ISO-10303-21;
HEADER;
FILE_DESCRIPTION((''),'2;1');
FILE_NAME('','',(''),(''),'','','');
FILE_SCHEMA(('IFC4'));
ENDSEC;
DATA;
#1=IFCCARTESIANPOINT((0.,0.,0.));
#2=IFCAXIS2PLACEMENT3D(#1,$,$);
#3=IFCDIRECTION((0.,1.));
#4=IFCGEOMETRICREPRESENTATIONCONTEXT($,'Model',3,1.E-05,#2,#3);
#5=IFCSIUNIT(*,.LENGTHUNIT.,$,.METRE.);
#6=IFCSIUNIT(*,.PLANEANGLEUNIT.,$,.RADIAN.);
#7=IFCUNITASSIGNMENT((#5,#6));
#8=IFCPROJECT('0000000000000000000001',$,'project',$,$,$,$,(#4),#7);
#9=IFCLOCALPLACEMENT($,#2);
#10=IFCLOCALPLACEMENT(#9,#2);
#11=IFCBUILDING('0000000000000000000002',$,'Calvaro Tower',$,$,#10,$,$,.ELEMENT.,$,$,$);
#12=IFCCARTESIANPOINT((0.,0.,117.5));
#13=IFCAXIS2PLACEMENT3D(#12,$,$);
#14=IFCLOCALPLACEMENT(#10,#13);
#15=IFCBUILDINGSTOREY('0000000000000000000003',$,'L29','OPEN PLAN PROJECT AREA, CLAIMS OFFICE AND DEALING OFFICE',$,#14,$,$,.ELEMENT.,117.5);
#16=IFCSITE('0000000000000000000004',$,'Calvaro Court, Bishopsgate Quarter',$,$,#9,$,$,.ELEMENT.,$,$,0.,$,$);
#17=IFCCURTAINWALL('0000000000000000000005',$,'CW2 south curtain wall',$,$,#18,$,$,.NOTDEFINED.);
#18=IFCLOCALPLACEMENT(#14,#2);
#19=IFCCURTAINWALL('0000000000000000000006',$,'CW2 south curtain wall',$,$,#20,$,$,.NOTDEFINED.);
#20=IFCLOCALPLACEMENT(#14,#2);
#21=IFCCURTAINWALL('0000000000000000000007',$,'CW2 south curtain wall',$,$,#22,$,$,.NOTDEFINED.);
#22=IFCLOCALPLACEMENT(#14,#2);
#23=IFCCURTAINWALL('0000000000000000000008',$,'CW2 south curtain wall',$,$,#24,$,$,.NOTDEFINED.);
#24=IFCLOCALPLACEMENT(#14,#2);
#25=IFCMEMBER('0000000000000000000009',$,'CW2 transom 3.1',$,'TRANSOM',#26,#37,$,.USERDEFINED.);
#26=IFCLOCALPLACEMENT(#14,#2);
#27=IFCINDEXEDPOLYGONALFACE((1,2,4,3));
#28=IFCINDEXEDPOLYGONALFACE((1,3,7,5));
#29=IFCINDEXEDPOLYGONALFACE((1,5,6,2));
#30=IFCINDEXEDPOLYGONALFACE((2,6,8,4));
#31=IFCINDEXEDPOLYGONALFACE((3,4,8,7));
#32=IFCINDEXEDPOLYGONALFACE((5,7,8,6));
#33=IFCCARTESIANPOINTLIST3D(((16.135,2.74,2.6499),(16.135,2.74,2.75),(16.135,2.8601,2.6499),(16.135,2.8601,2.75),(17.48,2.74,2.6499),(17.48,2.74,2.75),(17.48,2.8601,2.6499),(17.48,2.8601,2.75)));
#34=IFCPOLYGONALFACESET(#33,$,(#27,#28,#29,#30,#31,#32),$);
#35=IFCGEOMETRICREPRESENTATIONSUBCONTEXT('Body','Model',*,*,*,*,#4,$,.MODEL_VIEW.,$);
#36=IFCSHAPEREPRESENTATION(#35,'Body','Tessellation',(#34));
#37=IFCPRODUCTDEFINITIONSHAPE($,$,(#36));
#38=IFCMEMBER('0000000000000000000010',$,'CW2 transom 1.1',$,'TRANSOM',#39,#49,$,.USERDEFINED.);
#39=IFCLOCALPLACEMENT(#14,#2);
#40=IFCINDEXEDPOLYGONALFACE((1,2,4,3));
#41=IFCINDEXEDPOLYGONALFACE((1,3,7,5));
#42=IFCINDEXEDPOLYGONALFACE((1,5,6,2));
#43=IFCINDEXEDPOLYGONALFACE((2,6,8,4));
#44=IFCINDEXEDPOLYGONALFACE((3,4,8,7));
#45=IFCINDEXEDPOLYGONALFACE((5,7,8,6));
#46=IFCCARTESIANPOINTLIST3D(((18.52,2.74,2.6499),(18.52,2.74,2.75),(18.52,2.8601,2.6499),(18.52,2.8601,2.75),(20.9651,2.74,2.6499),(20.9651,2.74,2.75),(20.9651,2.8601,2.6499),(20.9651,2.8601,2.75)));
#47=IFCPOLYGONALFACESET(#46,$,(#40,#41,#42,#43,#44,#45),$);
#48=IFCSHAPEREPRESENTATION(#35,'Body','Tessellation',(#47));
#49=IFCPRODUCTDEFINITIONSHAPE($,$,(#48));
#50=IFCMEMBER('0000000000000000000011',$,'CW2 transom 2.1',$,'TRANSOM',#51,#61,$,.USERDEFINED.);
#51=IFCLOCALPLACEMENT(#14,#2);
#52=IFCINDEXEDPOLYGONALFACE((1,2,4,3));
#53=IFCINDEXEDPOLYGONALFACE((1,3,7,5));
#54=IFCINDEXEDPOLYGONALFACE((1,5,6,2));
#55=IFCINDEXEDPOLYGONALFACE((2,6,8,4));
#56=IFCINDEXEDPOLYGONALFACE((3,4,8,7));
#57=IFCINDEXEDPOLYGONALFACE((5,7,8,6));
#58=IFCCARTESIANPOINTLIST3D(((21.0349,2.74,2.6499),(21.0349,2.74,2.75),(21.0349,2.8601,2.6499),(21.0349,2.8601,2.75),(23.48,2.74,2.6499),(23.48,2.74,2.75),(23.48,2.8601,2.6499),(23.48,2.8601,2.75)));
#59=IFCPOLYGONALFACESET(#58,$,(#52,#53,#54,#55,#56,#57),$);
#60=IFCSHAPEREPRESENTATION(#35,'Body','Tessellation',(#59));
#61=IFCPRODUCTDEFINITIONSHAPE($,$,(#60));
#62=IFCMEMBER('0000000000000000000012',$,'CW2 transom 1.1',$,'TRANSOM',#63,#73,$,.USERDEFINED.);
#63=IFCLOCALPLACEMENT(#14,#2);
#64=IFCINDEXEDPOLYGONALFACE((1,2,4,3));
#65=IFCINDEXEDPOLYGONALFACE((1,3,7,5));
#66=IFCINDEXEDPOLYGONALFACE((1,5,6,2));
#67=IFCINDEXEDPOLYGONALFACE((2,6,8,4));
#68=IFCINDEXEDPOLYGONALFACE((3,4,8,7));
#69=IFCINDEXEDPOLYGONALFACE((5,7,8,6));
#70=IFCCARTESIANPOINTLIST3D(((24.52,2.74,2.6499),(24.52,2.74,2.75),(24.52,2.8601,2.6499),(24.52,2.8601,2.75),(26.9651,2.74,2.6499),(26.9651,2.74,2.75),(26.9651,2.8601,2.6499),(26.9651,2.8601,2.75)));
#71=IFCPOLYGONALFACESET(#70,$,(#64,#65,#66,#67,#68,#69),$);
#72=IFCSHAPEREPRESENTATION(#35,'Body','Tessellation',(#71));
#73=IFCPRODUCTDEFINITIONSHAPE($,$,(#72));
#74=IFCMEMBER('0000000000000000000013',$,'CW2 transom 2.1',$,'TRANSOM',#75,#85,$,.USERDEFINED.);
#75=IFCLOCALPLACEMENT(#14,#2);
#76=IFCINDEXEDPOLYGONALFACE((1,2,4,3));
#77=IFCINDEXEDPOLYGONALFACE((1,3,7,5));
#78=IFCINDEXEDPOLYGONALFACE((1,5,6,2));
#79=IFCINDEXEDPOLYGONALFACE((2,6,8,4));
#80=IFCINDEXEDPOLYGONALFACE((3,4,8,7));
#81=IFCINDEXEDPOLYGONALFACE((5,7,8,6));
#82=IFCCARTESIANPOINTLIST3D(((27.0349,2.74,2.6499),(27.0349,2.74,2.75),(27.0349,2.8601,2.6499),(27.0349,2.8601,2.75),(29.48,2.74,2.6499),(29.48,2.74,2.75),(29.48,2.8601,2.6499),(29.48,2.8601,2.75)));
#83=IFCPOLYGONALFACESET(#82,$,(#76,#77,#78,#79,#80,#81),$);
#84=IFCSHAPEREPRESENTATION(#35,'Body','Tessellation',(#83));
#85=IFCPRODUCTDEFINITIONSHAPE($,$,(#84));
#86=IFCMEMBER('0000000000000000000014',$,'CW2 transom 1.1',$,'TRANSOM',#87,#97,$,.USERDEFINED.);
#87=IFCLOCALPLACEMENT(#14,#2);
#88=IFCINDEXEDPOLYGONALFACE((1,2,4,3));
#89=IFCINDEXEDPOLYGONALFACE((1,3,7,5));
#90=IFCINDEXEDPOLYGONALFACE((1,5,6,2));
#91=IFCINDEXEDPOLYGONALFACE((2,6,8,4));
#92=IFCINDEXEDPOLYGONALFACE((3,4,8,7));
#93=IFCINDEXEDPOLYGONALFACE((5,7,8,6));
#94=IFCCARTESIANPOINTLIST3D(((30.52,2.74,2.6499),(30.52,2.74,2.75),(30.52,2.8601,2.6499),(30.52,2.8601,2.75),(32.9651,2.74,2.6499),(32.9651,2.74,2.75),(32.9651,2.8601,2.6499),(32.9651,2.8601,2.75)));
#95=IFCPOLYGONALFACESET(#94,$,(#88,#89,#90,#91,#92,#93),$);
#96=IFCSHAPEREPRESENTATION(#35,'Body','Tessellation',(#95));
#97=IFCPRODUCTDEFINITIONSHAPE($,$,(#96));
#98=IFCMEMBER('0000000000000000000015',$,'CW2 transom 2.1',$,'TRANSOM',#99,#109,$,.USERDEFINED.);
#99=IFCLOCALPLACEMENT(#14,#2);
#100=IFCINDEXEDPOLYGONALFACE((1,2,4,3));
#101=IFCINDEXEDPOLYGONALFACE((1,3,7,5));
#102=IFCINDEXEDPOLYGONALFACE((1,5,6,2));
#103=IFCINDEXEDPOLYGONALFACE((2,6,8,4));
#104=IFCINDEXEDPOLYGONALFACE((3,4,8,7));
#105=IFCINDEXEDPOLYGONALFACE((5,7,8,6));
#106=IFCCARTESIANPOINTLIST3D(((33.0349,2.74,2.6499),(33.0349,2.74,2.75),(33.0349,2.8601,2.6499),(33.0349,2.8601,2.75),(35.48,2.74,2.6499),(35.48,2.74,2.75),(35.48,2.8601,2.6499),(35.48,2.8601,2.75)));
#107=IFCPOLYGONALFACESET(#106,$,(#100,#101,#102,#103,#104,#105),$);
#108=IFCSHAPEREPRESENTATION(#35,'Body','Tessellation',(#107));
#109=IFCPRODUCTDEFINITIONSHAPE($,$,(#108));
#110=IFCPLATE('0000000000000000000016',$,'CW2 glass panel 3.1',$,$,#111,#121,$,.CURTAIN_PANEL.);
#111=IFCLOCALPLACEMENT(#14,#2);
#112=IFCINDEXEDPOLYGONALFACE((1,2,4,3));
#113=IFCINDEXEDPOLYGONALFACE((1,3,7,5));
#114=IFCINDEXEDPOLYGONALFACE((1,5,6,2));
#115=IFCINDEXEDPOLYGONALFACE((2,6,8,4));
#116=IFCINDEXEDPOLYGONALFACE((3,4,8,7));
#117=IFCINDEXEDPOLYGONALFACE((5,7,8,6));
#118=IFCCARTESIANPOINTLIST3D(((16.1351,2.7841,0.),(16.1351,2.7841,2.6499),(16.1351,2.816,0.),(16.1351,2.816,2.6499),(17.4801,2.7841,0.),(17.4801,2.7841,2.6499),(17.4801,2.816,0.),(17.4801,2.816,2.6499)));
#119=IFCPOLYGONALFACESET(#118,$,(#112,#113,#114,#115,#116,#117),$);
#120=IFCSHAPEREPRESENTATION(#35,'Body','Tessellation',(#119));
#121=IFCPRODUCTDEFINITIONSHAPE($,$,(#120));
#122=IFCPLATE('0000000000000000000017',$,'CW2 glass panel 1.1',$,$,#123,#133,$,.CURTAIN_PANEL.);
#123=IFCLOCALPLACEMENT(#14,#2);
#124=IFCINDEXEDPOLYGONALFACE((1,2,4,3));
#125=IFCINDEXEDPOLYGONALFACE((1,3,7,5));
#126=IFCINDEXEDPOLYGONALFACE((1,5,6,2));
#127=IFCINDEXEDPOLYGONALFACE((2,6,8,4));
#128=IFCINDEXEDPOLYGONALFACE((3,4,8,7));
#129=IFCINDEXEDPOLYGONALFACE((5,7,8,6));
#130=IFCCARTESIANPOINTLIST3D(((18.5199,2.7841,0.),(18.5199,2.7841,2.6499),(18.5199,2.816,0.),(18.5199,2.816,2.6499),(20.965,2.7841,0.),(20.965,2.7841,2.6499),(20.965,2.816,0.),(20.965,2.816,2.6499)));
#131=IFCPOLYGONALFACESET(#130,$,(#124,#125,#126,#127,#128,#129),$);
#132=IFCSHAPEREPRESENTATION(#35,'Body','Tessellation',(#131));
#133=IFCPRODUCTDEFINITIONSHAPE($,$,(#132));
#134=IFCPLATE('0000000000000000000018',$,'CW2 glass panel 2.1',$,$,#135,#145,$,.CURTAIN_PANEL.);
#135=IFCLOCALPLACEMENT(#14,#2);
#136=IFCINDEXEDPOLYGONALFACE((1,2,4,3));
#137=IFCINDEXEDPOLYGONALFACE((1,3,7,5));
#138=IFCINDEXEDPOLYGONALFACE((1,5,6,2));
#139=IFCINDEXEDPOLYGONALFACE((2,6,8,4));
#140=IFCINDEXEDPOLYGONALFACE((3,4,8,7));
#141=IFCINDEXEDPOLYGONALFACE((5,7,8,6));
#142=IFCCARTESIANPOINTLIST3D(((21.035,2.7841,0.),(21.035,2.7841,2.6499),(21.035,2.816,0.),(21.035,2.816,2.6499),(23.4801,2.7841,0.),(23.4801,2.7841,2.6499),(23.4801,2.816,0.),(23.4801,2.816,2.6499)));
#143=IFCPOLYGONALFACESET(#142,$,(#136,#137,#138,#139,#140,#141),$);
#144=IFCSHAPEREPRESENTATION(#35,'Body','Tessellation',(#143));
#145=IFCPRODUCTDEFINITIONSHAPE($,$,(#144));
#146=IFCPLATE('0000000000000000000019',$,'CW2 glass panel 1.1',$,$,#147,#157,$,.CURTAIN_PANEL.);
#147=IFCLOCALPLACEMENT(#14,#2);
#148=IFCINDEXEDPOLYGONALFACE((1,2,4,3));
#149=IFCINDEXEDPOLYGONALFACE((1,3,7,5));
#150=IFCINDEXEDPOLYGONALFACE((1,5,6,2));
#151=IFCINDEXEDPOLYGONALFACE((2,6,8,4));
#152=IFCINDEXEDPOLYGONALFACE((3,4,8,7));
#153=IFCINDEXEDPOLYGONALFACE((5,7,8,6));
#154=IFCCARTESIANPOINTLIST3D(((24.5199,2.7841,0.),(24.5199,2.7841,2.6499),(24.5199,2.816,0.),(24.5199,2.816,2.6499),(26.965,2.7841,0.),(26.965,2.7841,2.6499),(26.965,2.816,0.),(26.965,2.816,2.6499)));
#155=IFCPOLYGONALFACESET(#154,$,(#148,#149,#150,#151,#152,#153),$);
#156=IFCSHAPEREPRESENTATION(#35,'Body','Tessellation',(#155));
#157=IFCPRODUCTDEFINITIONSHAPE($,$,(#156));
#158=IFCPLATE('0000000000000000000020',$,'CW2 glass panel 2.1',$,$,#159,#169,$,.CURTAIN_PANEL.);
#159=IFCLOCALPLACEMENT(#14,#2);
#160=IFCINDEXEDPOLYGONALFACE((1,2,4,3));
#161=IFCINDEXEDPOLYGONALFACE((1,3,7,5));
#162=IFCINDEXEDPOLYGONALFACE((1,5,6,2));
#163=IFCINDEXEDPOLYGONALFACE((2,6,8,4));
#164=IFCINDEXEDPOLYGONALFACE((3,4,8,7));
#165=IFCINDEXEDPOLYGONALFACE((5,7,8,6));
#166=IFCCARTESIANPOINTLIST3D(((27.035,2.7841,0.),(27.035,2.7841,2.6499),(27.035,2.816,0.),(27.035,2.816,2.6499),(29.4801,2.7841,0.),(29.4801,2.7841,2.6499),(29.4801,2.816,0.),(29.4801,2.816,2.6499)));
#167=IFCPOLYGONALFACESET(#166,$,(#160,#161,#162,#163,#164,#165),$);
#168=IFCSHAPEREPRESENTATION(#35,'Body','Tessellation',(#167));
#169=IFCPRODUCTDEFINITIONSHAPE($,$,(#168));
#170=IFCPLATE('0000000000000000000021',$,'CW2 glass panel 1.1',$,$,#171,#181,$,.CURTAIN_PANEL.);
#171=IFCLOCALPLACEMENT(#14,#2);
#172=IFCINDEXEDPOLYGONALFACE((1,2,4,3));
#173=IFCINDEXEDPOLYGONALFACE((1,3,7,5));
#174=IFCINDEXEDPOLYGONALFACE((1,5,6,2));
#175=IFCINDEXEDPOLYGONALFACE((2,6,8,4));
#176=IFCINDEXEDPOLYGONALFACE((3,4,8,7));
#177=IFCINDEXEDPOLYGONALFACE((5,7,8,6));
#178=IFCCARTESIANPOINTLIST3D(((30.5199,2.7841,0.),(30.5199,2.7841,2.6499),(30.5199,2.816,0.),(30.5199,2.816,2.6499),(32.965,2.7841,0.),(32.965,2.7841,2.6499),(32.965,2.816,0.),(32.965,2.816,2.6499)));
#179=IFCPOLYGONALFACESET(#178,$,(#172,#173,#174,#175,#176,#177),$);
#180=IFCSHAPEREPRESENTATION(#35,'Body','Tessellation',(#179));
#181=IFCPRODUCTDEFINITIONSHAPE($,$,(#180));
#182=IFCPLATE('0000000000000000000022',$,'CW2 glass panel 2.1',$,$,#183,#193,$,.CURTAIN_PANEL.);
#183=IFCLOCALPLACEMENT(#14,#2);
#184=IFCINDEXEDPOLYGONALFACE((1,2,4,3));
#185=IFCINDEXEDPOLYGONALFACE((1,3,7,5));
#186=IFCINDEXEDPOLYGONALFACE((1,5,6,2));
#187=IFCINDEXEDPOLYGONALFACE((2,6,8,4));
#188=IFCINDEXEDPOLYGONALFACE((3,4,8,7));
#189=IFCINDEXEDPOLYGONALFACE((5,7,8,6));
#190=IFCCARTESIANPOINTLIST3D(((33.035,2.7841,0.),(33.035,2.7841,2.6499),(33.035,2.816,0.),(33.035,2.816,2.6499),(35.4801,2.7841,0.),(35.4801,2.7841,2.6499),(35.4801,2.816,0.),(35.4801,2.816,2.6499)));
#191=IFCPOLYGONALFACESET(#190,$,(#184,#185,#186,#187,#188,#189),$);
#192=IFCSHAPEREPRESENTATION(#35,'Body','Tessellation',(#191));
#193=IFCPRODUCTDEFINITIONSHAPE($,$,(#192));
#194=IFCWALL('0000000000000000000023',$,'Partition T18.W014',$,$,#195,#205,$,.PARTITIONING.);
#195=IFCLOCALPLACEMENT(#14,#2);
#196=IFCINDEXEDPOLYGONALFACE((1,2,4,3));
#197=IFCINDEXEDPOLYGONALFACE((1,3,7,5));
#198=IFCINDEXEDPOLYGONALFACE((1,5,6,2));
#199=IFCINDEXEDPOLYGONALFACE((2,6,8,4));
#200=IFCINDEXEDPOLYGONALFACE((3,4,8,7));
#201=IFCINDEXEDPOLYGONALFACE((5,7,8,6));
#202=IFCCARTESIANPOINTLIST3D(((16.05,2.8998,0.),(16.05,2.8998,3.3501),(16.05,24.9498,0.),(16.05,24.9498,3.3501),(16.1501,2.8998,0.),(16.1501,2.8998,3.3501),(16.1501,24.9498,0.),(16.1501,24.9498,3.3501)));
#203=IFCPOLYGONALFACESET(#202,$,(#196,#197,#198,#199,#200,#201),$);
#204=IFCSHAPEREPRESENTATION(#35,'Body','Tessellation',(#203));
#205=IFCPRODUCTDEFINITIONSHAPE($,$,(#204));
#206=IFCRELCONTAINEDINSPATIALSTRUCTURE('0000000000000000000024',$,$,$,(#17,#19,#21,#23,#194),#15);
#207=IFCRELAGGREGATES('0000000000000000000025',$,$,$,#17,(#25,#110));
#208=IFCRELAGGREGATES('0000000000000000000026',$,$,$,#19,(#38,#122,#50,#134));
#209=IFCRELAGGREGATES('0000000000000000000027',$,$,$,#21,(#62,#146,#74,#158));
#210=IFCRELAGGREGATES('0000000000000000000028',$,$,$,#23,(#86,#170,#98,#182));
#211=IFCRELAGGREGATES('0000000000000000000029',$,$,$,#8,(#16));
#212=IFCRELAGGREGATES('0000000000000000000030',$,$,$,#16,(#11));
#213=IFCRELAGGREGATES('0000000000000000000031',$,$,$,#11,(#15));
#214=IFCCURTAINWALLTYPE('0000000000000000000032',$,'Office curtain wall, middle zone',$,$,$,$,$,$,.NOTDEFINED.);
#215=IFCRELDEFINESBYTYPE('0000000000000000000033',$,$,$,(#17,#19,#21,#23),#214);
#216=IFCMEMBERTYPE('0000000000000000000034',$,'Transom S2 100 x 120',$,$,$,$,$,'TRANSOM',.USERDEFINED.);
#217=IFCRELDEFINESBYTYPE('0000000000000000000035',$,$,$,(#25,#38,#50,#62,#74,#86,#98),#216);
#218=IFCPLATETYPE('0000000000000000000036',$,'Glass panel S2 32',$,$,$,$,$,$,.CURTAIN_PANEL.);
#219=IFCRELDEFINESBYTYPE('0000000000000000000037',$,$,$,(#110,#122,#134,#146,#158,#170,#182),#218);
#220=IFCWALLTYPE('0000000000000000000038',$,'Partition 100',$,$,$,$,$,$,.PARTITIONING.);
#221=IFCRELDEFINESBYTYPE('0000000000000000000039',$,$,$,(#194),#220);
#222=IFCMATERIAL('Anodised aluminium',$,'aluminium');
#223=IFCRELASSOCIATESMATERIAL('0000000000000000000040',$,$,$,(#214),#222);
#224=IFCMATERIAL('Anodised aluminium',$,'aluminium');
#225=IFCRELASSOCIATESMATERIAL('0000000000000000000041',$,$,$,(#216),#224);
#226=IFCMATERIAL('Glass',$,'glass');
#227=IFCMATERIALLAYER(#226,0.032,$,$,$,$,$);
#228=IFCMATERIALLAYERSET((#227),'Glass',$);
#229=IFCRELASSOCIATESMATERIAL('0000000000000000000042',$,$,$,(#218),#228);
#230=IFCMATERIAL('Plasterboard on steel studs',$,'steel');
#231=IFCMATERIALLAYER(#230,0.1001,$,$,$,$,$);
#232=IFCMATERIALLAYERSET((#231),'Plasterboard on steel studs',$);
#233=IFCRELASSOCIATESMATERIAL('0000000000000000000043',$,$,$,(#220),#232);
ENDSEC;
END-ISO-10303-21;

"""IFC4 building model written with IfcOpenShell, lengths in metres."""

from ifc_helpers import new_model, si_unit, direction, frame, frame_2d, origin, origin_2d, place, context, subcontext, project, spatial, rectangle, extrude, material, layer, layer_set, material_profile, profile_set, type_object, element, aggregate, save


model = new_model("IFC4")

# Units and contexts
model_context = context("Model", 3, precision=1e-05, world=origin(), true_north=direction((0.0, 1.0)))
body_context = subcontext(model_context, "Body", "Model", "MODEL_VIEW")
ifc_project = project(units=[si_unit("LENGTHUNIT", "METRE"), si_unit("PLANEANGLEUNIT", "RADIAN")], contexts=[model_context])

# Site, building, storey
site_placement = place(None, origin())
site = spatial("IfcSite", under=ifc_project, at=site_placement, Name="Calvaro Court, Bishopsgate Quarter", CompositionType="ELEMENT", RefElevation=0.0)
building_placement = place(site_placement, origin())
building = spatial("IfcBuilding", under=site, at=building_placement, Name="Calvaro Tower", CompositionType="ELEMENT")
storey_placement = place(building_placement, frame((0.0, 0.0, 117.5)))
storey = spatial("IfcBuildingStorey", under=building, at=storey_placement, Name="L29", Description="OPEN PLAN PROJECT AREA, CLAIMS OFFICE AND DEALING OFFICE", CompositionType="ELEMENT", Elevation=117.5)

# Curtain wall
ifc_material_1 = material(Name="Anodised aluminium", Category="aluminium")
curtain_wall_type = type_object("IfcCurtainWallType", Name="Office curtain wall, middle zone", PredefinedType="NOTDEFINED", material=ifc_material_1)
curtain_wall_1_placement = place(storey_placement, origin())
curtain_wall_1 = element("IfcCurtainWall", 1, at=curtain_wall_1_placement, inside=storey, type_object=curtain_wall_type, Name="CW2 south curtain wall", PredefinedType="NOTDEFINED")

# Curtain walls
curtain_wall_2_placement = place(storey_placement, origin())
curtain_wall_2 = element("IfcCurtainWall", 2, at=curtain_wall_2_placement, inside=storey, type_object=curtain_wall_type, Name="CW2 south curtain wall", PredefinedType="NOTDEFINED")
curtain_wall_3_placement = place(storey_placement, origin())
curtain_wall_3 = element("IfcCurtainWall", 3, at=curtain_wall_3_placement, inside=storey, type_object=curtain_wall_type, Name="CW2 south curtain wall", PredefinedType="NOTDEFINED")
curtain_wall_4_placement = place(storey_placement, origin())
curtain_wall_4 = element("IfcCurtainWall", 4, at=curtain_wall_4_placement, inside=storey, type_object=curtain_wall_type, Name="CW2 south curtain wall", PredefinedType="NOTDEFINED")

# Members
ifc_material_2 = material(Name="Anodised aluminium", Category="aluminium")
ifc_material_profile_1 = material_profile(ifc_material_2, rectangle(XDim=0.1201, YDim=0.1001, at=origin_2d()), Name="Transom S2 100 x 120")
ifc_profile_set_1 = profile_set([ifc_material_profile_1], Name="Anodised aluminium")
member_type_1 = type_object("IfcMemberType", Name="Transom S2 100 x 120", ElementType="TRANSOM", PredefinedType="USERDEFINED", material=ifc_profile_set_1)
member_1_placement = place(storey_placement, frame((16.135, 2.8, 2.7), z_axis=(1.0, 0.0, 0.0), x_axis=(0.0, 1.0, 0.0)))
member_1 = element("IfcMember", 5, at=member_1_placement, type_object=member_type_1, Name="CW2 transom 3.1", ObjectType="TRANSOM", PredefinedType="USERDEFINED", context=body_context, shape_type="SweptSolid", body=[
    extrude(rectangle(XDim=0.1201, YDim=0.1001, at=origin_2d()), origin(), (0.0, 0.0, 1.0), 1.345),
])
member_2_placement = place(storey_placement, frame((18.52, 2.8, 2.7), z_axis=(1.0, 0.0, 0.0), x_axis=(0.0, 1.0, 0.0)))
member_2 = element("IfcMember", 6, at=member_2_placement, type_object=member_type_1, Name="CW2 transom 1.1", ObjectType="TRANSOM", PredefinedType="USERDEFINED", context=body_context, shape_type="SweptSolid", body=[
    extrude(rectangle(XDim=0.1201, YDim=0.1001, at=origin_2d()), origin(), (0.0, 0.0, 1.0), 2.4451),
])
member_3_placement = place(storey_placement, frame((21.0349, 2.8, 2.7), z_axis=(1.0, 0.0, 0.0), x_axis=(0.0, 1.0, 0.0)))
member_3 = element("IfcMember", 7, at=member_3_placement, type_object=member_type_1, Name="CW2 transom 2.1", ObjectType="TRANSOM", PredefinedType="USERDEFINED", context=body_context, shape_type="SweptSolid", body=[
    extrude(rectangle(XDim=0.1201, YDim=0.1001, at=origin_2d()), origin(), (0.0, 0.0, 1.0), 2.4451),
])
member_4_placement = place(storey_placement, frame((24.52, 2.8, 2.7), z_axis=(1.0, 0.0, 0.0), x_axis=(0.0, 1.0, 0.0)))
member_4 = element("IfcMember", 8, at=member_4_placement, type_object=member_type_1, Name="CW2 transom 1.1", ObjectType="TRANSOM", PredefinedType="USERDEFINED", context=body_context, shape_type="SweptSolid", body=[
    extrude(rectangle(XDim=0.1201, YDim=0.1001, at=origin_2d()), origin(), (0.0, 0.0, 1.0), 2.4451),
])
member_5_placement = place(storey_placement, frame((27.0349, 2.8, 2.7), z_axis=(1.0, 0.0, 0.0), x_axis=(0.0, 1.0, 0.0)))
member_5 = element("IfcMember", 9, at=member_5_placement, type_object=member_type_1, Name="CW2 transom 2.1", ObjectType="TRANSOM", PredefinedType="USERDEFINED", context=body_context, shape_type="SweptSolid", body=[
    extrude(rectangle(XDim=0.1201, YDim=0.1001, at=origin_2d()), origin(), (0.0, 0.0, 1.0), 2.4451),
])
member_6_placement = place(storey_placement, frame((30.52, 2.8, 2.7), z_axis=(1.0, 0.0, 0.0), x_axis=(0.0, 1.0, 0.0)))
member_6 = element("IfcMember", 10, at=member_6_placement, type_object=member_type_1, Name="CW2 transom 1.1", ObjectType="TRANSOM", PredefinedType="USERDEFINED", context=body_context, shape_type="SweptSolid", body=[
    extrude(rectangle(XDim=0.1201, YDim=0.1001, at=origin_2d()), origin(), (0.0, 0.0, 1.0), 2.4451),
])
member_7_placement = place(storey_placement, frame((33.0349, 2.8, 2.7), z_axis=(1.0, 0.0, 0.0), x_axis=(0.0, 1.0, 0.0)))
member_7 = element("IfcMember", 11, at=member_7_placement, type_object=member_type_1, Name="CW2 transom 2.1", ObjectType="TRANSOM", PredefinedType="USERDEFINED", context=body_context, shape_type="SweptSolid", body=[
    extrude(rectangle(XDim=0.1201, YDim=0.1001, at=origin_2d()), origin(), (0.0, 0.0, 1.0), 2.4451),
])

# Plates
ifc_material_3 = material(Name="Glass", Category="glass")
ifc_layer_1 = layer(ifc_material_3, 0.032)
ifc_layer_set_1 = layer_set([ifc_layer_1], Name="Glass")
plate_type = type_object("IfcPlateType", Name="Glass panel S2 32", PredefinedType="CURTAIN_PANEL", material=ifc_layer_set_1)
plate_1_placement = place(storey_placement, frame((16.8076, 2.8, 0.0), z_axis=(0.0, 0.0, 1.0), x_axis=(1.0, 0.0, 0.0)))
plate_1 = element("IfcPlate", 12, at=plate_1_placement, type_object=plate_type, Name="CW2 glass panel 3.1", PredefinedType="CURTAIN_PANEL", context=body_context, shape_type="SweptSolid", body=[
    extrude(rectangle(XDim=1.345, YDim=0.032, at=origin_2d()), origin(), (0.0, 0.0, 1.0), 2.6499),
])
aggregate(curtain_wall_1, [member_1, plate_1])
plate_2_placement = place(storey_placement, frame((19.7424, 2.8, 0.0), z_axis=(0.0, 0.0, 1.0), x_axis=(1.0, 0.0, 0.0)))
plate_2 = element("IfcPlate", 13, at=plate_2_placement, type_object=plate_type, Name="CW2 glass panel 1.1", PredefinedType="CURTAIN_PANEL", context=body_context, shape_type="SweptSolid", body=[
    extrude(rectangle(XDim=2.4451, YDim=0.032, at=origin_2d()), origin(), (0.0, 0.0, 1.0), 2.6499),
])
plate_3_placement = place(storey_placement, frame((22.2576, 2.8, 0.0), z_axis=(0.0, 0.0, 1.0), x_axis=(1.0, 0.0, 0.0)))
plate_3 = element("IfcPlate", 14, at=plate_3_placement, type_object=plate_type, Name="CW2 glass panel 2.1", PredefinedType="CURTAIN_PANEL", context=body_context, shape_type="SweptSolid", body=[
    extrude(rectangle(XDim=2.4451, YDim=0.032, at=origin_2d()), origin(), (0.0, 0.0, 1.0), 2.6499),
])
aggregate(curtain_wall_2, [member_2, plate_2, member_3, plate_3])
plate_4_placement = place(storey_placement, frame((25.7424, 2.8, 0.0), z_axis=(0.0, 0.0, 1.0), x_axis=(1.0, 0.0, 0.0)))
plate_4 = element("IfcPlate", 15, at=plate_4_placement, type_object=plate_type, Name="CW2 glass panel 1.1", PredefinedType="CURTAIN_PANEL", context=body_context, shape_type="SweptSolid", body=[
    extrude(rectangle(XDim=2.4451, YDim=0.032, at=origin_2d()), origin(), (0.0, 0.0, 1.0), 2.6499),
])
plate_5_placement = place(storey_placement, frame((28.2576, 2.8, 0.0), z_axis=(0.0, 0.0, 1.0), x_axis=(1.0, 0.0, 0.0)))
plate_5 = element("IfcPlate", 16, at=plate_5_placement, type_object=plate_type, Name="CW2 glass panel 2.1", PredefinedType="CURTAIN_PANEL", context=body_context, shape_type="SweptSolid", body=[
    extrude(rectangle(XDim=2.4451, YDim=0.032, at=origin_2d()), origin(), (0.0, 0.0, 1.0), 2.6499),
])
aggregate(curtain_wall_3, [member_4, plate_4, member_5, plate_5])
plate_6_placement = place(storey_placement, frame((31.7424, 2.8, 0.0), z_axis=(0.0, 0.0, 1.0), x_axis=(1.0, 0.0, 0.0)))
plate_6 = element("IfcPlate", 17, at=plate_6_placement, type_object=plate_type, Name="CW2 glass panel 1.1", PredefinedType="CURTAIN_PANEL", context=body_context, shape_type="SweptSolid", body=[
    extrude(rectangle(XDim=2.4451, YDim=0.032, at=origin_2d()), origin(), (0.0, 0.0, 1.0), 2.6499),
])
plate_7_placement = place(storey_placement, frame((34.2576, 2.8, 0.0), z_axis=(0.0, 0.0, 1.0), x_axis=(1.0, 0.0, 0.0)))
plate_7 = element("IfcPlate", 18, at=plate_7_placement, type_object=plate_type, Name="CW2 glass panel 2.1", PredefinedType="CURTAIN_PANEL", context=body_context, shape_type="SweptSolid", body=[
    extrude(rectangle(XDim=2.4451, YDim=0.032, at=origin_2d()), origin(), (0.0, 0.0, 1.0), 2.6499),
])
aggregate(curtain_wall_4, [member_6, plate_6, member_7, plate_7])

# Wall
ifc_material_4 = material(Name="Plasterboard on steel studs", Category="steel")
ifc_layer_2 = layer(ifc_material_4, 0.1001)
ifc_layer_set_2 = layer_set([ifc_layer_2], Name="Plasterboard on steel studs")
wall_type = type_object("IfcWallType", Name="Partition 100", PredefinedType="PARTITIONING", material=ifc_layer_set_2)
wall_placement = place(storey_placement, frame((16.1001, 2.8999, 0.0), z_axis=(0.0, 0.0, 1.0), x_axis=(0.0, 1.0, 0.0)))
element("IfcWall", 19, at=wall_placement, inside=storey, type_object=wall_type, Name="Partition T18.W014", PredefinedType="PARTITIONING", context=body_context, shape_type="SweptSolid", body=[
    extrude(rectangle(XDim=22.05, YDim=0.1001, at=frame_2d((11.0249, 0.0))), origin(), (0.0, 0.0, 1.0), 3.3501),
])

save(model, "model.ifc")
